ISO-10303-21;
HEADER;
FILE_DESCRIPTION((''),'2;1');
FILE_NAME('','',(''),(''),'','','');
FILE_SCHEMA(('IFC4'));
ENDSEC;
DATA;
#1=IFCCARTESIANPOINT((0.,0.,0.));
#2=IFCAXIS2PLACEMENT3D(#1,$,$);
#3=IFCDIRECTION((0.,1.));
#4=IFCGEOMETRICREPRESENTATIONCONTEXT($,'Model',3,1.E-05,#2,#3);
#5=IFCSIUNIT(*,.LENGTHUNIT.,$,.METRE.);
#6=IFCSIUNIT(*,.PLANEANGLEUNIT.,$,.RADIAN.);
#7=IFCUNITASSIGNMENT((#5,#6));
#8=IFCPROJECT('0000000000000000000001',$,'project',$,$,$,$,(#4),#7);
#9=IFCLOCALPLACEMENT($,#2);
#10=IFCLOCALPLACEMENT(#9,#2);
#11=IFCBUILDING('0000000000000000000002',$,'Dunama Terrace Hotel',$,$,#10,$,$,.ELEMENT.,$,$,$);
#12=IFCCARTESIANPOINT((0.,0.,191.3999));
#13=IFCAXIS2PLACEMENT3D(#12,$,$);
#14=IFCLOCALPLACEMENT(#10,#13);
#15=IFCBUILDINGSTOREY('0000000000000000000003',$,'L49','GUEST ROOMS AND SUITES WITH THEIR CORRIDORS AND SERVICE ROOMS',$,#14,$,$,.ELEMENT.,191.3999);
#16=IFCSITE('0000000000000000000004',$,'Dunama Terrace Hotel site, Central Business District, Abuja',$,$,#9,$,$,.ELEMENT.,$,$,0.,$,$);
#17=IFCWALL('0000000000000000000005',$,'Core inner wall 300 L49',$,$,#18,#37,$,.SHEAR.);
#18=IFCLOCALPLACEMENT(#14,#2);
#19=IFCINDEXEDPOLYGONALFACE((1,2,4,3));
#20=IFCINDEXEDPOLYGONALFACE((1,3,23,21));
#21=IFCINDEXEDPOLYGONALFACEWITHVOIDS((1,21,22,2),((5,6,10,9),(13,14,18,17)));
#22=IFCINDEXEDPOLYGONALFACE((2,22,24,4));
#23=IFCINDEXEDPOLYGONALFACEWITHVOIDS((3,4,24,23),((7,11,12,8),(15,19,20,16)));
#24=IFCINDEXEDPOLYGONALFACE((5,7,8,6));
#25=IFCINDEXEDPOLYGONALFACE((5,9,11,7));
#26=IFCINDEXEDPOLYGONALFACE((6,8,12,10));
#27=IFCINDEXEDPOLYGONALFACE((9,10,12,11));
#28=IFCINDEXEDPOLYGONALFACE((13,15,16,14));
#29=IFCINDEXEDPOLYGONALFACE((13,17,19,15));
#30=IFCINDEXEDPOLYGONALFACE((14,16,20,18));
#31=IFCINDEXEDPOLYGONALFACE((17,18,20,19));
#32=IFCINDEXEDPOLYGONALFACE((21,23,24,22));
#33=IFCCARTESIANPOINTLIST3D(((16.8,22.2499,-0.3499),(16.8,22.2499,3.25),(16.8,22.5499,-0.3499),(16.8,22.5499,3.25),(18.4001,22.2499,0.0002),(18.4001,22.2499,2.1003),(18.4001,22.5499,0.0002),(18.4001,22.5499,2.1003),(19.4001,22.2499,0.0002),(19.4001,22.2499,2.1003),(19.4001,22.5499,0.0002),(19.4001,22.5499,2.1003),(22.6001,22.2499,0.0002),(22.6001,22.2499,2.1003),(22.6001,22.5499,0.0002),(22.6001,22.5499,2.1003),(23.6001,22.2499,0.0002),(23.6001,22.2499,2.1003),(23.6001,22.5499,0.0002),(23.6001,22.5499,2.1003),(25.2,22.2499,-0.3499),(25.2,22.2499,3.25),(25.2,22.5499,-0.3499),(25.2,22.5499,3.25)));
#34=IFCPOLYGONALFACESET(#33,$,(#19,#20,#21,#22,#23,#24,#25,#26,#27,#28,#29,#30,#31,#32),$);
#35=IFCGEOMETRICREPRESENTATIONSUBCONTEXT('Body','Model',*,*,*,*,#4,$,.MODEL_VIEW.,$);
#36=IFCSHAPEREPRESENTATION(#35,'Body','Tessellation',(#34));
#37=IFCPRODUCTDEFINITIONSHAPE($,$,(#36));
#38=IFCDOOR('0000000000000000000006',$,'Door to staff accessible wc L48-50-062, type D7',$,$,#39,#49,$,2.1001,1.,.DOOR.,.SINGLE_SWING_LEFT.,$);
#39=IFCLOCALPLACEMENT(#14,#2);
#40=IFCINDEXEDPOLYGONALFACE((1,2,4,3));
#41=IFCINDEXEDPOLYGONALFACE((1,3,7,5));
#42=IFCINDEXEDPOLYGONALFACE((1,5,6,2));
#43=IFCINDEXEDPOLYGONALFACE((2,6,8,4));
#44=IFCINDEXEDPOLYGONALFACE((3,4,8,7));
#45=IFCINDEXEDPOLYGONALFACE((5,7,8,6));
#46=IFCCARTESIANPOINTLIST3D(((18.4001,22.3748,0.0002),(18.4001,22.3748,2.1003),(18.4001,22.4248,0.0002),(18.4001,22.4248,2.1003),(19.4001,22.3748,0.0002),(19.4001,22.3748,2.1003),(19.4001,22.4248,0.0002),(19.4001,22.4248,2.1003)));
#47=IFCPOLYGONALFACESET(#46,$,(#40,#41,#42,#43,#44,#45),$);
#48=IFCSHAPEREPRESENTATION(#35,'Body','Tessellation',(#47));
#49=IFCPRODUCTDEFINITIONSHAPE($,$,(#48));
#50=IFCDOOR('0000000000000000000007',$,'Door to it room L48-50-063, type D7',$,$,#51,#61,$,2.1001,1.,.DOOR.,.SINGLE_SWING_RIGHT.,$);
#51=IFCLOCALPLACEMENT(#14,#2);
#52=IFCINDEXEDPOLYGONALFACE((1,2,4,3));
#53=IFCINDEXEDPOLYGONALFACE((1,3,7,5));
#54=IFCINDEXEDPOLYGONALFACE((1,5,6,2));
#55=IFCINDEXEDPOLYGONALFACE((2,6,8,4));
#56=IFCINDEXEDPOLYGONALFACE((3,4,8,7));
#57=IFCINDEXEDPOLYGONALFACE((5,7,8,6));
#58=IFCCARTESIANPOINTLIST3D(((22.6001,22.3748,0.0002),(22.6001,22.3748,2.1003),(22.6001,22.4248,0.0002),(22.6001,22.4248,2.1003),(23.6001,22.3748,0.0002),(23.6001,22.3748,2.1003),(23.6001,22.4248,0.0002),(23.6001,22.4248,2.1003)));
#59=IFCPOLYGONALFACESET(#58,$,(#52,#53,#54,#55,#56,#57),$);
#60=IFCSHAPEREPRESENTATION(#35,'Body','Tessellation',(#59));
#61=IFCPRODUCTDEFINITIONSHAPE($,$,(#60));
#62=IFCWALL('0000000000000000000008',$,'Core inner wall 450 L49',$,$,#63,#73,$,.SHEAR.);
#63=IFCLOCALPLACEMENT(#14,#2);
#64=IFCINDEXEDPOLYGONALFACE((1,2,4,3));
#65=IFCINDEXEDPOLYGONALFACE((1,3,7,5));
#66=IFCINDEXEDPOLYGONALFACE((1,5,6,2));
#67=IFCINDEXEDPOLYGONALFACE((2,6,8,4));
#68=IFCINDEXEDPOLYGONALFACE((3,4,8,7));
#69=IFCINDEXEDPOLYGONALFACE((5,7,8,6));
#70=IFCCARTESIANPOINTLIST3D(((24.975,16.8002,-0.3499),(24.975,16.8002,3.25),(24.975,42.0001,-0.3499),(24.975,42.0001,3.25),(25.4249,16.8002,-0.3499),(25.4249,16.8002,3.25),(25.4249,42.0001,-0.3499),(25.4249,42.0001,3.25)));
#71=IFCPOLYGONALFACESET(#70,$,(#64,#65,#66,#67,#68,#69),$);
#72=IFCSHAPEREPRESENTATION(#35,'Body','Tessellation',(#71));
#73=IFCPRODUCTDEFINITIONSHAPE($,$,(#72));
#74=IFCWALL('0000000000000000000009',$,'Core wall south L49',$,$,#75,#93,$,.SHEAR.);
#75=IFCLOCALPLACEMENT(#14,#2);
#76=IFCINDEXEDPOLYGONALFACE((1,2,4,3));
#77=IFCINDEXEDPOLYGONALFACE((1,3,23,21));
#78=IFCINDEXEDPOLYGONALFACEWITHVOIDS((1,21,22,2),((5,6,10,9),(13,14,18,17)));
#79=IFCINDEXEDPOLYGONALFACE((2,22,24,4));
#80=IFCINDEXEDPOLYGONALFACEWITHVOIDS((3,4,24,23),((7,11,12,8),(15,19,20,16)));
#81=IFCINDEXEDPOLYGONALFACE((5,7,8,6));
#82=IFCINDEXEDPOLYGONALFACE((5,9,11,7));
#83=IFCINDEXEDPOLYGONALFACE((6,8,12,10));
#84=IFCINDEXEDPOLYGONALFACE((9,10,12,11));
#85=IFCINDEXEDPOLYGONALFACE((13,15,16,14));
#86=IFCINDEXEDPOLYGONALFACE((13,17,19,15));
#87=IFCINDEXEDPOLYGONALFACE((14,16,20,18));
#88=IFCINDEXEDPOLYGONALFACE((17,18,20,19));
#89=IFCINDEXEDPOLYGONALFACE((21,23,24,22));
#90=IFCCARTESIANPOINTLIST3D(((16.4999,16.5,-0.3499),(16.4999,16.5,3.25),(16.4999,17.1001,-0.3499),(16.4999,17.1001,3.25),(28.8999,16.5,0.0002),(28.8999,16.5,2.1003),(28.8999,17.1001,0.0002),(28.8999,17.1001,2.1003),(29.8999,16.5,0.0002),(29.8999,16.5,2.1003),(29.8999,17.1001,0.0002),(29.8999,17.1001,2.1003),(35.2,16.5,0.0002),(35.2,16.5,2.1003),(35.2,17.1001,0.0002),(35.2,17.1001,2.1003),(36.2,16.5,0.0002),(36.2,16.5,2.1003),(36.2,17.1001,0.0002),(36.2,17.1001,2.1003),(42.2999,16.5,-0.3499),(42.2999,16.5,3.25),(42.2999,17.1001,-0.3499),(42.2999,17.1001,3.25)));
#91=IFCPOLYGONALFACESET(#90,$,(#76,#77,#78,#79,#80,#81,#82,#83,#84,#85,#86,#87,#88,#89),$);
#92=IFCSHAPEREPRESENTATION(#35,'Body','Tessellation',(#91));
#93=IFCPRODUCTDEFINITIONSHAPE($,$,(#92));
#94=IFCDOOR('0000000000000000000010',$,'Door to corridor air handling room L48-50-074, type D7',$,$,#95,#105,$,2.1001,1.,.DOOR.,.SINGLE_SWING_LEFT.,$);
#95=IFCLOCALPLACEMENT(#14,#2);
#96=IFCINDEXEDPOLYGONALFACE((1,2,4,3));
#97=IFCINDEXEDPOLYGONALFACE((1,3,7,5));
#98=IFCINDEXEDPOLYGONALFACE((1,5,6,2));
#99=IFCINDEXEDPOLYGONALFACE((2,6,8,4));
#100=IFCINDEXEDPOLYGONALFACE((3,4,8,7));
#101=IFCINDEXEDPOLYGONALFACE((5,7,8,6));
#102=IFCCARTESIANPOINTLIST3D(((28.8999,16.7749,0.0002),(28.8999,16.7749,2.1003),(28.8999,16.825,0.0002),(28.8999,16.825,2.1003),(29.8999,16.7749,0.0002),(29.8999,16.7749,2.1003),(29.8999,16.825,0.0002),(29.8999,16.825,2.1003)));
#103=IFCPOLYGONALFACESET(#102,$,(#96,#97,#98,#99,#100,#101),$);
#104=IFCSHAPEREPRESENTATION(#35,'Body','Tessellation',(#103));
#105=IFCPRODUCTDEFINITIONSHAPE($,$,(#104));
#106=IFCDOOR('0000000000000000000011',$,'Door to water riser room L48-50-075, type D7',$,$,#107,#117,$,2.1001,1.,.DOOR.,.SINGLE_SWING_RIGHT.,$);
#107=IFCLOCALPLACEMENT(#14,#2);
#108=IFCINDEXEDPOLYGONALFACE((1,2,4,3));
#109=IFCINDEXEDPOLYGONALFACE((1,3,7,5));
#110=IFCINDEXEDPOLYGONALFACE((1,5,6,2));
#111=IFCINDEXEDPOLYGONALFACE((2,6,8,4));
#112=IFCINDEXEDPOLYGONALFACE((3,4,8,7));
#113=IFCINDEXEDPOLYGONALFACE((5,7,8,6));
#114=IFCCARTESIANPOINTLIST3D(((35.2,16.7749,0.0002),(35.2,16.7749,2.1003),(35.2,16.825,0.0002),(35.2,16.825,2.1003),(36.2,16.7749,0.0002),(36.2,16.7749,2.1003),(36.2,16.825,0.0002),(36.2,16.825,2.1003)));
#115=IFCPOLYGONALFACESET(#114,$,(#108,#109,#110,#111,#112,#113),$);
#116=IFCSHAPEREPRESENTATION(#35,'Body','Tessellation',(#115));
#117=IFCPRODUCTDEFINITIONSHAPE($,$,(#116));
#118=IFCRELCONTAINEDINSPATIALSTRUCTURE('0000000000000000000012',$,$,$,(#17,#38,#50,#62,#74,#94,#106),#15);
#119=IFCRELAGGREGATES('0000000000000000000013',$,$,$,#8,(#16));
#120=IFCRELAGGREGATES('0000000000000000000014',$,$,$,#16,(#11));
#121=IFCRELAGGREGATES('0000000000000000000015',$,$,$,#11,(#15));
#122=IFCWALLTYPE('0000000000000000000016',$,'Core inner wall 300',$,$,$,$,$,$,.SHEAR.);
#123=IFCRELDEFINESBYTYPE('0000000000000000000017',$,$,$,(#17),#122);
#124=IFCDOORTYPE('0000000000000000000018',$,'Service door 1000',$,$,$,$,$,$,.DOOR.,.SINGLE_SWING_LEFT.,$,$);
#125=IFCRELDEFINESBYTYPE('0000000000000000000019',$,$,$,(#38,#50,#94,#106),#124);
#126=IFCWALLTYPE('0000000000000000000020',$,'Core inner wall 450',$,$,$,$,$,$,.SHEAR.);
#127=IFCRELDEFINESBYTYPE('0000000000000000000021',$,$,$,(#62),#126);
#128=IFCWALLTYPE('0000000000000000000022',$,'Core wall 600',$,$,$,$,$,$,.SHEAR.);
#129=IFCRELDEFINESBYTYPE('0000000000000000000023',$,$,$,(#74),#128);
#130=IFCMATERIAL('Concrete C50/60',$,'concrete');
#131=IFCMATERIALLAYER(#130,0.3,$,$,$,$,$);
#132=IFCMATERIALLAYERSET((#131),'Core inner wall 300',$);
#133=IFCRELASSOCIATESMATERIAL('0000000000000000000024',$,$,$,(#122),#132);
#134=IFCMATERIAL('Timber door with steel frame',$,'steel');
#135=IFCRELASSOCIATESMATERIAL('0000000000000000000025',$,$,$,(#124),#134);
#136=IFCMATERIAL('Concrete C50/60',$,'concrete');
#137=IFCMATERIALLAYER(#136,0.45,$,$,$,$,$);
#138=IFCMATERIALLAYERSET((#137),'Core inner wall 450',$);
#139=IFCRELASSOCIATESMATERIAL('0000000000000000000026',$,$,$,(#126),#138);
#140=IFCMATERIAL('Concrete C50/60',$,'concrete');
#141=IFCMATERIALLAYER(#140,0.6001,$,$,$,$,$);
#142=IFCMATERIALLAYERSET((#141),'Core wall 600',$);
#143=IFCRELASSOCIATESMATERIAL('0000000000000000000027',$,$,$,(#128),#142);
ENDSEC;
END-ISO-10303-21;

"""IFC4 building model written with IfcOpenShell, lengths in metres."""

from ifc_helpers import new_model, si_unit, direction, frame, frame_2d, origin, place, context, subcontext, project, spatial, rectangle, extrude, material, layer, layer_set, type_object, element, fill, save


model = new_model("IFC4")

# Units and contexts
model_context = context("Model", 3, precision=1e-05, world=origin(), true_north=direction((0.0, 1.0)))
body_context = subcontext(model_context, "Body", "Model", "MODEL_VIEW")
ifc_project = project(units=[si_unit("LENGTHUNIT", "METRE"), si_unit("PLANEANGLEUNIT", "RADIAN")], contexts=[model_context])

# Site, building, storey
site_placement = place(None, origin())
site = spatial("IfcSite", under=ifc_project, at=site_placement, Name="Dunama Terrace Hotel site, Central Business District, Abuja", CompositionType="ELEMENT", RefElevation=0.0)
building_placement = place(site_placement, origin())
building = spatial("IfcBuilding", under=site, at=building_placement, Name="Dunama Terrace Hotel", CompositionType="ELEMENT")
storey_placement = place(building_placement, frame((0.0, 0.0, 191.3999)))
storey = spatial("IfcBuildingStorey", under=building, at=storey_placement, Name="L49", Description="GUEST ROOMS AND SUITES WITH THEIR CORRIDORS AND SERVICE ROOMS", CompositionType="ELEMENT", Elevation=191.3999)

# Shared definitions
ifc_material_1 = material(Name="Concrete C50/60", Category="concrete")
ifc_layer_1 = layer(ifc_material_1, 0.3)
ifc_layer_set_1 = layer_set([ifc_layer_1], Name="Core inner wall 300")
wall_type_1 = type_object("IfcWallType", Name="Core inner wall 300", PredefinedType="SHEAR", material=ifc_layer_set_1)

# Wall, openings, doors
ifc_material_2 = material(Name="Timber door with steel frame", Category="steel")
door_type_1 = type_object("IfcDoorType", Name="Service door 1000", OperationType="SINGLE_SWING_LEFT", PredefinedType="DOOR", material=ifc_material_2)
wall_1_placement = place(storey_placement, frame((16.8, 22.3999, -0.3499), z_axis=(0.0, 0.0, 1.0), x_axis=(1.0, 0.0, 0.0)))
wall_1 = element("IfcWall", 1, at=wall_1_placement, inside=storey, type_object=wall_type_1, Name="Core inner wall 300 L49", PredefinedType="SHEAR", context=body_context, shape_type="SweptSolid", body=[
    extrude(rectangle(XDim=8.3999, YDim=0.3, at=frame_2d((4.2, 0.0))), origin(), (0.0, 0.0, 1.0), 3.5999),
])
opening_1_placement = place(wall_1_placement, frame((1.6001, 0.0, 0.3501)))
opening_1 = element("IfcOpeningElement", 2, at=opening_1_placement, cuts=wall_1, PredefinedType="OPENING", context=body_context, shape_type="SweptSolid", body=[
    extrude(rectangle(XDim=1.0, YDim=2.1001, at=frame_2d((0.5, 1.05))), frame((0.0, 0.1599, 0.0), z_axis=(0.0, -1.0, 0.0), x_axis=(1.0, 0.0, 0.0)), (0.0, 0.0, 1.0), 0.3201),
])
opening_2_placement = place(wall_1_placement, frame((5.8, 0.0, 0.3501)))
opening_2 = element("IfcOpeningElement", 3, at=opening_2_placement, cuts=wall_1, PredefinedType="OPENING", context=body_context, shape_type="SweptSolid", body=[
    extrude(rectangle(XDim=1.0, YDim=2.1001, at=frame_2d((0.5, 1.05))), frame((0.0, 0.1599, 0.0), z_axis=(0.0, -1.0, 0.0), x_axis=(1.0, 0.0, 0.0)), (0.0, 0.0, 1.0), 0.3201),
])
door_1_placement = place(opening_1_placement, origin())
door_1 = element("IfcDoor", 4, at=door_1_placement, inside=storey, type_object=door_type_1, Name="Door to staff accessible wc L48-50-062, type D7", OperationType="SINGLE_SWING_LEFT", OverallHeight=2.1001, OverallWidth=1.0, PredefinedType="DOOR", context=body_context, shape_type="SweptSolid", body=[
    extrude(rectangle(XDim=1.0, YDim=2.1001, at=frame_2d((0.5, 1.05))), frame((0.0, 0.0249, 0.0), z_axis=(0.0, -1.0, 0.0), x_axis=(1.0, 0.0, 0.0)), (0.0, 0.0, 1.0), 0.05),
])
fill(opening_1, door_1)
door_2_placement = place(opening_2_placement, origin())
door_2 = element("IfcDoor", 5, at=door_2_placement, inside=storey, type_object=door_type_1, Name="Door to it room L48-50-063, type D7", OperationType="SINGLE_SWING_RIGHT", OverallHeight=2.1001, OverallWidth=1.0, PredefinedType="DOOR", context=body_context, shape_type="SweptSolid", body=[
    extrude(rectangle(XDim=1.0, YDim=2.1001, at=frame_2d((0.5, 1.05))), frame((0.0, 0.0249, 0.0), z_axis=(0.0, -1.0, 0.0), x_axis=(1.0, 0.0, 0.0)), (0.0, 0.0, 1.0), 0.05),
])
fill(opening_2, door_2)

# Wall
ifc_material_3 = material(Name="Concrete C50/60", Category="concrete")
ifc_layer_2 = layer(ifc_material_3, 0.45)
ifc_layer_set_2 = layer_set([ifc_layer_2], Name="Core inner wall 450")
wall_type_2 = type_object("IfcWallType", Name="Core inner wall 450", PredefinedType="SHEAR", material=ifc_layer_set_2)
wall_2_placement = place(storey_placement, frame((25.2, 16.8, -0.3499), z_axis=(0.0, 0.0, 1.0), x_axis=(0.0, 1.0, 0.0)))
element("IfcWall", 6, at=wall_2_placement, inside=storey, type_object=wall_type_2, Name="Core inner wall 450 L49", PredefinedType="SHEAR", context=body_context, shape_type="SweptSolid", body=[
    extrude(rectangle(XDim=25.2, YDim=0.45, at=frame_2d((12.6001, 0.0))), origin(), (0.0, 0.0, 1.0), 3.5999),
])

# Wall, openings, doors
ifc_material_4 = material(Name="Concrete C50/60", Category="concrete")
ifc_layer_3 = layer(ifc_material_4, 0.6001)
ifc_layer_set_3 = layer_set([ifc_layer_3], Name="Core wall 600")
wall_type_3 = type_object("IfcWallType", Name="Core wall 600", PredefinedType="SHEAR", material=ifc_layer_set_3)
wall_3_placement = place(storey_placement, frame((16.5, 16.8, -0.3499), z_axis=(0.0, 0.0, 1.0), x_axis=(1.0, 0.0, 0.0)))
wall_3 = element("IfcWall", 7, at=wall_3_placement, inside=storey, type_object=wall_type_3, Name="Core wall south L49", PredefinedType="SHEAR", context=body_context, shape_type="SweptSolid", body=[
    extrude(rectangle(XDim=25.8, YDim=0.6001, at=frame_2d((12.8999, 0.0))), origin(), (0.0, 0.0, 1.0), 3.5999),
])
opening_3_placement = place(wall_3_placement, frame((12.3999, 0.0, 0.3501)))
opening_3 = element("IfcOpeningElement", 8, at=opening_3_placement, cuts=wall_3, PredefinedType="OPENING", context=body_context, shape_type="SweptSolid", body=[
    extrude(rectangle(XDim=1.0, YDim=2.1001, at=frame_2d((0.5, 1.05))), frame((0.0, 0.3101, 0.0), z_axis=(0.0, -1.0, 0.0), x_axis=(1.0, 0.0, 0.0)), (0.0, 0.0, 1.0), 0.6201),
])
opening_4_placement = place(wall_3_placement, frame((18.7, 0.0, 0.3501)))
opening_4 = element("IfcOpeningElement", 9, at=opening_4_placement, cuts=wall_3, PredefinedType="OPENING", context=body_context, shape_type="SweptSolid", body=[
    extrude(rectangle(XDim=1.0, YDim=2.1001, at=frame_2d((0.5, 1.05))), frame((0.0, 0.3101, 0.0), z_axis=(0.0, -1.0, 0.0), x_axis=(1.0, 0.0, 0.0)), (0.0, 0.0, 1.0), 0.6201),
])
door_3_placement = place(opening_3_placement, origin())
door_3 = element("IfcDoor", 10, at=door_3_placement, inside=storey, type_object=door_type_1, Name="Door to corridor air handling room L48-50-074, type D7", OperationType="SINGLE_SWING_LEFT", OverallHeight=2.1001, OverallWidth=1.0, PredefinedType="DOOR", context=body_context, shape_type="SweptSolid", body=[
    extrude(rectangle(XDim=1.0, YDim=2.1001, at=frame_2d((0.5, 1.05))), frame((0.0, 0.0249, 0.0), z_axis=(0.0, -1.0, 0.0), x_axis=(1.0, 0.0, 0.0)), (0.0, 0.0, 1.0), 0.05),
])
fill(opening_3, door_3)
door_4_placement = place(opening_4_placement, origin())
door_4 = element("IfcDoor", 11, at=door_4_placement, inside=storey, type_object=door_type_1, Name="Door to water riser room L48-50-075, type D7", OperationType="SINGLE_SWING_RIGHT", OverallHeight=2.1001, OverallWidth=1.0, PredefinedType="DOOR", context=body_context, shape_type="SweptSolid", body=[
    extrude(rectangle(XDim=1.0, YDim=2.1001, at=frame_2d((0.5, 1.05))), frame((0.0, 0.0249, 0.0), z_axis=(0.0, -1.0, 0.0), x_axis=(1.0, 0.0, 0.0)), (0.0, 0.0, 1.0), 0.05),
])
fill(opening_4, door_4)

save(model, "model.ifc")
